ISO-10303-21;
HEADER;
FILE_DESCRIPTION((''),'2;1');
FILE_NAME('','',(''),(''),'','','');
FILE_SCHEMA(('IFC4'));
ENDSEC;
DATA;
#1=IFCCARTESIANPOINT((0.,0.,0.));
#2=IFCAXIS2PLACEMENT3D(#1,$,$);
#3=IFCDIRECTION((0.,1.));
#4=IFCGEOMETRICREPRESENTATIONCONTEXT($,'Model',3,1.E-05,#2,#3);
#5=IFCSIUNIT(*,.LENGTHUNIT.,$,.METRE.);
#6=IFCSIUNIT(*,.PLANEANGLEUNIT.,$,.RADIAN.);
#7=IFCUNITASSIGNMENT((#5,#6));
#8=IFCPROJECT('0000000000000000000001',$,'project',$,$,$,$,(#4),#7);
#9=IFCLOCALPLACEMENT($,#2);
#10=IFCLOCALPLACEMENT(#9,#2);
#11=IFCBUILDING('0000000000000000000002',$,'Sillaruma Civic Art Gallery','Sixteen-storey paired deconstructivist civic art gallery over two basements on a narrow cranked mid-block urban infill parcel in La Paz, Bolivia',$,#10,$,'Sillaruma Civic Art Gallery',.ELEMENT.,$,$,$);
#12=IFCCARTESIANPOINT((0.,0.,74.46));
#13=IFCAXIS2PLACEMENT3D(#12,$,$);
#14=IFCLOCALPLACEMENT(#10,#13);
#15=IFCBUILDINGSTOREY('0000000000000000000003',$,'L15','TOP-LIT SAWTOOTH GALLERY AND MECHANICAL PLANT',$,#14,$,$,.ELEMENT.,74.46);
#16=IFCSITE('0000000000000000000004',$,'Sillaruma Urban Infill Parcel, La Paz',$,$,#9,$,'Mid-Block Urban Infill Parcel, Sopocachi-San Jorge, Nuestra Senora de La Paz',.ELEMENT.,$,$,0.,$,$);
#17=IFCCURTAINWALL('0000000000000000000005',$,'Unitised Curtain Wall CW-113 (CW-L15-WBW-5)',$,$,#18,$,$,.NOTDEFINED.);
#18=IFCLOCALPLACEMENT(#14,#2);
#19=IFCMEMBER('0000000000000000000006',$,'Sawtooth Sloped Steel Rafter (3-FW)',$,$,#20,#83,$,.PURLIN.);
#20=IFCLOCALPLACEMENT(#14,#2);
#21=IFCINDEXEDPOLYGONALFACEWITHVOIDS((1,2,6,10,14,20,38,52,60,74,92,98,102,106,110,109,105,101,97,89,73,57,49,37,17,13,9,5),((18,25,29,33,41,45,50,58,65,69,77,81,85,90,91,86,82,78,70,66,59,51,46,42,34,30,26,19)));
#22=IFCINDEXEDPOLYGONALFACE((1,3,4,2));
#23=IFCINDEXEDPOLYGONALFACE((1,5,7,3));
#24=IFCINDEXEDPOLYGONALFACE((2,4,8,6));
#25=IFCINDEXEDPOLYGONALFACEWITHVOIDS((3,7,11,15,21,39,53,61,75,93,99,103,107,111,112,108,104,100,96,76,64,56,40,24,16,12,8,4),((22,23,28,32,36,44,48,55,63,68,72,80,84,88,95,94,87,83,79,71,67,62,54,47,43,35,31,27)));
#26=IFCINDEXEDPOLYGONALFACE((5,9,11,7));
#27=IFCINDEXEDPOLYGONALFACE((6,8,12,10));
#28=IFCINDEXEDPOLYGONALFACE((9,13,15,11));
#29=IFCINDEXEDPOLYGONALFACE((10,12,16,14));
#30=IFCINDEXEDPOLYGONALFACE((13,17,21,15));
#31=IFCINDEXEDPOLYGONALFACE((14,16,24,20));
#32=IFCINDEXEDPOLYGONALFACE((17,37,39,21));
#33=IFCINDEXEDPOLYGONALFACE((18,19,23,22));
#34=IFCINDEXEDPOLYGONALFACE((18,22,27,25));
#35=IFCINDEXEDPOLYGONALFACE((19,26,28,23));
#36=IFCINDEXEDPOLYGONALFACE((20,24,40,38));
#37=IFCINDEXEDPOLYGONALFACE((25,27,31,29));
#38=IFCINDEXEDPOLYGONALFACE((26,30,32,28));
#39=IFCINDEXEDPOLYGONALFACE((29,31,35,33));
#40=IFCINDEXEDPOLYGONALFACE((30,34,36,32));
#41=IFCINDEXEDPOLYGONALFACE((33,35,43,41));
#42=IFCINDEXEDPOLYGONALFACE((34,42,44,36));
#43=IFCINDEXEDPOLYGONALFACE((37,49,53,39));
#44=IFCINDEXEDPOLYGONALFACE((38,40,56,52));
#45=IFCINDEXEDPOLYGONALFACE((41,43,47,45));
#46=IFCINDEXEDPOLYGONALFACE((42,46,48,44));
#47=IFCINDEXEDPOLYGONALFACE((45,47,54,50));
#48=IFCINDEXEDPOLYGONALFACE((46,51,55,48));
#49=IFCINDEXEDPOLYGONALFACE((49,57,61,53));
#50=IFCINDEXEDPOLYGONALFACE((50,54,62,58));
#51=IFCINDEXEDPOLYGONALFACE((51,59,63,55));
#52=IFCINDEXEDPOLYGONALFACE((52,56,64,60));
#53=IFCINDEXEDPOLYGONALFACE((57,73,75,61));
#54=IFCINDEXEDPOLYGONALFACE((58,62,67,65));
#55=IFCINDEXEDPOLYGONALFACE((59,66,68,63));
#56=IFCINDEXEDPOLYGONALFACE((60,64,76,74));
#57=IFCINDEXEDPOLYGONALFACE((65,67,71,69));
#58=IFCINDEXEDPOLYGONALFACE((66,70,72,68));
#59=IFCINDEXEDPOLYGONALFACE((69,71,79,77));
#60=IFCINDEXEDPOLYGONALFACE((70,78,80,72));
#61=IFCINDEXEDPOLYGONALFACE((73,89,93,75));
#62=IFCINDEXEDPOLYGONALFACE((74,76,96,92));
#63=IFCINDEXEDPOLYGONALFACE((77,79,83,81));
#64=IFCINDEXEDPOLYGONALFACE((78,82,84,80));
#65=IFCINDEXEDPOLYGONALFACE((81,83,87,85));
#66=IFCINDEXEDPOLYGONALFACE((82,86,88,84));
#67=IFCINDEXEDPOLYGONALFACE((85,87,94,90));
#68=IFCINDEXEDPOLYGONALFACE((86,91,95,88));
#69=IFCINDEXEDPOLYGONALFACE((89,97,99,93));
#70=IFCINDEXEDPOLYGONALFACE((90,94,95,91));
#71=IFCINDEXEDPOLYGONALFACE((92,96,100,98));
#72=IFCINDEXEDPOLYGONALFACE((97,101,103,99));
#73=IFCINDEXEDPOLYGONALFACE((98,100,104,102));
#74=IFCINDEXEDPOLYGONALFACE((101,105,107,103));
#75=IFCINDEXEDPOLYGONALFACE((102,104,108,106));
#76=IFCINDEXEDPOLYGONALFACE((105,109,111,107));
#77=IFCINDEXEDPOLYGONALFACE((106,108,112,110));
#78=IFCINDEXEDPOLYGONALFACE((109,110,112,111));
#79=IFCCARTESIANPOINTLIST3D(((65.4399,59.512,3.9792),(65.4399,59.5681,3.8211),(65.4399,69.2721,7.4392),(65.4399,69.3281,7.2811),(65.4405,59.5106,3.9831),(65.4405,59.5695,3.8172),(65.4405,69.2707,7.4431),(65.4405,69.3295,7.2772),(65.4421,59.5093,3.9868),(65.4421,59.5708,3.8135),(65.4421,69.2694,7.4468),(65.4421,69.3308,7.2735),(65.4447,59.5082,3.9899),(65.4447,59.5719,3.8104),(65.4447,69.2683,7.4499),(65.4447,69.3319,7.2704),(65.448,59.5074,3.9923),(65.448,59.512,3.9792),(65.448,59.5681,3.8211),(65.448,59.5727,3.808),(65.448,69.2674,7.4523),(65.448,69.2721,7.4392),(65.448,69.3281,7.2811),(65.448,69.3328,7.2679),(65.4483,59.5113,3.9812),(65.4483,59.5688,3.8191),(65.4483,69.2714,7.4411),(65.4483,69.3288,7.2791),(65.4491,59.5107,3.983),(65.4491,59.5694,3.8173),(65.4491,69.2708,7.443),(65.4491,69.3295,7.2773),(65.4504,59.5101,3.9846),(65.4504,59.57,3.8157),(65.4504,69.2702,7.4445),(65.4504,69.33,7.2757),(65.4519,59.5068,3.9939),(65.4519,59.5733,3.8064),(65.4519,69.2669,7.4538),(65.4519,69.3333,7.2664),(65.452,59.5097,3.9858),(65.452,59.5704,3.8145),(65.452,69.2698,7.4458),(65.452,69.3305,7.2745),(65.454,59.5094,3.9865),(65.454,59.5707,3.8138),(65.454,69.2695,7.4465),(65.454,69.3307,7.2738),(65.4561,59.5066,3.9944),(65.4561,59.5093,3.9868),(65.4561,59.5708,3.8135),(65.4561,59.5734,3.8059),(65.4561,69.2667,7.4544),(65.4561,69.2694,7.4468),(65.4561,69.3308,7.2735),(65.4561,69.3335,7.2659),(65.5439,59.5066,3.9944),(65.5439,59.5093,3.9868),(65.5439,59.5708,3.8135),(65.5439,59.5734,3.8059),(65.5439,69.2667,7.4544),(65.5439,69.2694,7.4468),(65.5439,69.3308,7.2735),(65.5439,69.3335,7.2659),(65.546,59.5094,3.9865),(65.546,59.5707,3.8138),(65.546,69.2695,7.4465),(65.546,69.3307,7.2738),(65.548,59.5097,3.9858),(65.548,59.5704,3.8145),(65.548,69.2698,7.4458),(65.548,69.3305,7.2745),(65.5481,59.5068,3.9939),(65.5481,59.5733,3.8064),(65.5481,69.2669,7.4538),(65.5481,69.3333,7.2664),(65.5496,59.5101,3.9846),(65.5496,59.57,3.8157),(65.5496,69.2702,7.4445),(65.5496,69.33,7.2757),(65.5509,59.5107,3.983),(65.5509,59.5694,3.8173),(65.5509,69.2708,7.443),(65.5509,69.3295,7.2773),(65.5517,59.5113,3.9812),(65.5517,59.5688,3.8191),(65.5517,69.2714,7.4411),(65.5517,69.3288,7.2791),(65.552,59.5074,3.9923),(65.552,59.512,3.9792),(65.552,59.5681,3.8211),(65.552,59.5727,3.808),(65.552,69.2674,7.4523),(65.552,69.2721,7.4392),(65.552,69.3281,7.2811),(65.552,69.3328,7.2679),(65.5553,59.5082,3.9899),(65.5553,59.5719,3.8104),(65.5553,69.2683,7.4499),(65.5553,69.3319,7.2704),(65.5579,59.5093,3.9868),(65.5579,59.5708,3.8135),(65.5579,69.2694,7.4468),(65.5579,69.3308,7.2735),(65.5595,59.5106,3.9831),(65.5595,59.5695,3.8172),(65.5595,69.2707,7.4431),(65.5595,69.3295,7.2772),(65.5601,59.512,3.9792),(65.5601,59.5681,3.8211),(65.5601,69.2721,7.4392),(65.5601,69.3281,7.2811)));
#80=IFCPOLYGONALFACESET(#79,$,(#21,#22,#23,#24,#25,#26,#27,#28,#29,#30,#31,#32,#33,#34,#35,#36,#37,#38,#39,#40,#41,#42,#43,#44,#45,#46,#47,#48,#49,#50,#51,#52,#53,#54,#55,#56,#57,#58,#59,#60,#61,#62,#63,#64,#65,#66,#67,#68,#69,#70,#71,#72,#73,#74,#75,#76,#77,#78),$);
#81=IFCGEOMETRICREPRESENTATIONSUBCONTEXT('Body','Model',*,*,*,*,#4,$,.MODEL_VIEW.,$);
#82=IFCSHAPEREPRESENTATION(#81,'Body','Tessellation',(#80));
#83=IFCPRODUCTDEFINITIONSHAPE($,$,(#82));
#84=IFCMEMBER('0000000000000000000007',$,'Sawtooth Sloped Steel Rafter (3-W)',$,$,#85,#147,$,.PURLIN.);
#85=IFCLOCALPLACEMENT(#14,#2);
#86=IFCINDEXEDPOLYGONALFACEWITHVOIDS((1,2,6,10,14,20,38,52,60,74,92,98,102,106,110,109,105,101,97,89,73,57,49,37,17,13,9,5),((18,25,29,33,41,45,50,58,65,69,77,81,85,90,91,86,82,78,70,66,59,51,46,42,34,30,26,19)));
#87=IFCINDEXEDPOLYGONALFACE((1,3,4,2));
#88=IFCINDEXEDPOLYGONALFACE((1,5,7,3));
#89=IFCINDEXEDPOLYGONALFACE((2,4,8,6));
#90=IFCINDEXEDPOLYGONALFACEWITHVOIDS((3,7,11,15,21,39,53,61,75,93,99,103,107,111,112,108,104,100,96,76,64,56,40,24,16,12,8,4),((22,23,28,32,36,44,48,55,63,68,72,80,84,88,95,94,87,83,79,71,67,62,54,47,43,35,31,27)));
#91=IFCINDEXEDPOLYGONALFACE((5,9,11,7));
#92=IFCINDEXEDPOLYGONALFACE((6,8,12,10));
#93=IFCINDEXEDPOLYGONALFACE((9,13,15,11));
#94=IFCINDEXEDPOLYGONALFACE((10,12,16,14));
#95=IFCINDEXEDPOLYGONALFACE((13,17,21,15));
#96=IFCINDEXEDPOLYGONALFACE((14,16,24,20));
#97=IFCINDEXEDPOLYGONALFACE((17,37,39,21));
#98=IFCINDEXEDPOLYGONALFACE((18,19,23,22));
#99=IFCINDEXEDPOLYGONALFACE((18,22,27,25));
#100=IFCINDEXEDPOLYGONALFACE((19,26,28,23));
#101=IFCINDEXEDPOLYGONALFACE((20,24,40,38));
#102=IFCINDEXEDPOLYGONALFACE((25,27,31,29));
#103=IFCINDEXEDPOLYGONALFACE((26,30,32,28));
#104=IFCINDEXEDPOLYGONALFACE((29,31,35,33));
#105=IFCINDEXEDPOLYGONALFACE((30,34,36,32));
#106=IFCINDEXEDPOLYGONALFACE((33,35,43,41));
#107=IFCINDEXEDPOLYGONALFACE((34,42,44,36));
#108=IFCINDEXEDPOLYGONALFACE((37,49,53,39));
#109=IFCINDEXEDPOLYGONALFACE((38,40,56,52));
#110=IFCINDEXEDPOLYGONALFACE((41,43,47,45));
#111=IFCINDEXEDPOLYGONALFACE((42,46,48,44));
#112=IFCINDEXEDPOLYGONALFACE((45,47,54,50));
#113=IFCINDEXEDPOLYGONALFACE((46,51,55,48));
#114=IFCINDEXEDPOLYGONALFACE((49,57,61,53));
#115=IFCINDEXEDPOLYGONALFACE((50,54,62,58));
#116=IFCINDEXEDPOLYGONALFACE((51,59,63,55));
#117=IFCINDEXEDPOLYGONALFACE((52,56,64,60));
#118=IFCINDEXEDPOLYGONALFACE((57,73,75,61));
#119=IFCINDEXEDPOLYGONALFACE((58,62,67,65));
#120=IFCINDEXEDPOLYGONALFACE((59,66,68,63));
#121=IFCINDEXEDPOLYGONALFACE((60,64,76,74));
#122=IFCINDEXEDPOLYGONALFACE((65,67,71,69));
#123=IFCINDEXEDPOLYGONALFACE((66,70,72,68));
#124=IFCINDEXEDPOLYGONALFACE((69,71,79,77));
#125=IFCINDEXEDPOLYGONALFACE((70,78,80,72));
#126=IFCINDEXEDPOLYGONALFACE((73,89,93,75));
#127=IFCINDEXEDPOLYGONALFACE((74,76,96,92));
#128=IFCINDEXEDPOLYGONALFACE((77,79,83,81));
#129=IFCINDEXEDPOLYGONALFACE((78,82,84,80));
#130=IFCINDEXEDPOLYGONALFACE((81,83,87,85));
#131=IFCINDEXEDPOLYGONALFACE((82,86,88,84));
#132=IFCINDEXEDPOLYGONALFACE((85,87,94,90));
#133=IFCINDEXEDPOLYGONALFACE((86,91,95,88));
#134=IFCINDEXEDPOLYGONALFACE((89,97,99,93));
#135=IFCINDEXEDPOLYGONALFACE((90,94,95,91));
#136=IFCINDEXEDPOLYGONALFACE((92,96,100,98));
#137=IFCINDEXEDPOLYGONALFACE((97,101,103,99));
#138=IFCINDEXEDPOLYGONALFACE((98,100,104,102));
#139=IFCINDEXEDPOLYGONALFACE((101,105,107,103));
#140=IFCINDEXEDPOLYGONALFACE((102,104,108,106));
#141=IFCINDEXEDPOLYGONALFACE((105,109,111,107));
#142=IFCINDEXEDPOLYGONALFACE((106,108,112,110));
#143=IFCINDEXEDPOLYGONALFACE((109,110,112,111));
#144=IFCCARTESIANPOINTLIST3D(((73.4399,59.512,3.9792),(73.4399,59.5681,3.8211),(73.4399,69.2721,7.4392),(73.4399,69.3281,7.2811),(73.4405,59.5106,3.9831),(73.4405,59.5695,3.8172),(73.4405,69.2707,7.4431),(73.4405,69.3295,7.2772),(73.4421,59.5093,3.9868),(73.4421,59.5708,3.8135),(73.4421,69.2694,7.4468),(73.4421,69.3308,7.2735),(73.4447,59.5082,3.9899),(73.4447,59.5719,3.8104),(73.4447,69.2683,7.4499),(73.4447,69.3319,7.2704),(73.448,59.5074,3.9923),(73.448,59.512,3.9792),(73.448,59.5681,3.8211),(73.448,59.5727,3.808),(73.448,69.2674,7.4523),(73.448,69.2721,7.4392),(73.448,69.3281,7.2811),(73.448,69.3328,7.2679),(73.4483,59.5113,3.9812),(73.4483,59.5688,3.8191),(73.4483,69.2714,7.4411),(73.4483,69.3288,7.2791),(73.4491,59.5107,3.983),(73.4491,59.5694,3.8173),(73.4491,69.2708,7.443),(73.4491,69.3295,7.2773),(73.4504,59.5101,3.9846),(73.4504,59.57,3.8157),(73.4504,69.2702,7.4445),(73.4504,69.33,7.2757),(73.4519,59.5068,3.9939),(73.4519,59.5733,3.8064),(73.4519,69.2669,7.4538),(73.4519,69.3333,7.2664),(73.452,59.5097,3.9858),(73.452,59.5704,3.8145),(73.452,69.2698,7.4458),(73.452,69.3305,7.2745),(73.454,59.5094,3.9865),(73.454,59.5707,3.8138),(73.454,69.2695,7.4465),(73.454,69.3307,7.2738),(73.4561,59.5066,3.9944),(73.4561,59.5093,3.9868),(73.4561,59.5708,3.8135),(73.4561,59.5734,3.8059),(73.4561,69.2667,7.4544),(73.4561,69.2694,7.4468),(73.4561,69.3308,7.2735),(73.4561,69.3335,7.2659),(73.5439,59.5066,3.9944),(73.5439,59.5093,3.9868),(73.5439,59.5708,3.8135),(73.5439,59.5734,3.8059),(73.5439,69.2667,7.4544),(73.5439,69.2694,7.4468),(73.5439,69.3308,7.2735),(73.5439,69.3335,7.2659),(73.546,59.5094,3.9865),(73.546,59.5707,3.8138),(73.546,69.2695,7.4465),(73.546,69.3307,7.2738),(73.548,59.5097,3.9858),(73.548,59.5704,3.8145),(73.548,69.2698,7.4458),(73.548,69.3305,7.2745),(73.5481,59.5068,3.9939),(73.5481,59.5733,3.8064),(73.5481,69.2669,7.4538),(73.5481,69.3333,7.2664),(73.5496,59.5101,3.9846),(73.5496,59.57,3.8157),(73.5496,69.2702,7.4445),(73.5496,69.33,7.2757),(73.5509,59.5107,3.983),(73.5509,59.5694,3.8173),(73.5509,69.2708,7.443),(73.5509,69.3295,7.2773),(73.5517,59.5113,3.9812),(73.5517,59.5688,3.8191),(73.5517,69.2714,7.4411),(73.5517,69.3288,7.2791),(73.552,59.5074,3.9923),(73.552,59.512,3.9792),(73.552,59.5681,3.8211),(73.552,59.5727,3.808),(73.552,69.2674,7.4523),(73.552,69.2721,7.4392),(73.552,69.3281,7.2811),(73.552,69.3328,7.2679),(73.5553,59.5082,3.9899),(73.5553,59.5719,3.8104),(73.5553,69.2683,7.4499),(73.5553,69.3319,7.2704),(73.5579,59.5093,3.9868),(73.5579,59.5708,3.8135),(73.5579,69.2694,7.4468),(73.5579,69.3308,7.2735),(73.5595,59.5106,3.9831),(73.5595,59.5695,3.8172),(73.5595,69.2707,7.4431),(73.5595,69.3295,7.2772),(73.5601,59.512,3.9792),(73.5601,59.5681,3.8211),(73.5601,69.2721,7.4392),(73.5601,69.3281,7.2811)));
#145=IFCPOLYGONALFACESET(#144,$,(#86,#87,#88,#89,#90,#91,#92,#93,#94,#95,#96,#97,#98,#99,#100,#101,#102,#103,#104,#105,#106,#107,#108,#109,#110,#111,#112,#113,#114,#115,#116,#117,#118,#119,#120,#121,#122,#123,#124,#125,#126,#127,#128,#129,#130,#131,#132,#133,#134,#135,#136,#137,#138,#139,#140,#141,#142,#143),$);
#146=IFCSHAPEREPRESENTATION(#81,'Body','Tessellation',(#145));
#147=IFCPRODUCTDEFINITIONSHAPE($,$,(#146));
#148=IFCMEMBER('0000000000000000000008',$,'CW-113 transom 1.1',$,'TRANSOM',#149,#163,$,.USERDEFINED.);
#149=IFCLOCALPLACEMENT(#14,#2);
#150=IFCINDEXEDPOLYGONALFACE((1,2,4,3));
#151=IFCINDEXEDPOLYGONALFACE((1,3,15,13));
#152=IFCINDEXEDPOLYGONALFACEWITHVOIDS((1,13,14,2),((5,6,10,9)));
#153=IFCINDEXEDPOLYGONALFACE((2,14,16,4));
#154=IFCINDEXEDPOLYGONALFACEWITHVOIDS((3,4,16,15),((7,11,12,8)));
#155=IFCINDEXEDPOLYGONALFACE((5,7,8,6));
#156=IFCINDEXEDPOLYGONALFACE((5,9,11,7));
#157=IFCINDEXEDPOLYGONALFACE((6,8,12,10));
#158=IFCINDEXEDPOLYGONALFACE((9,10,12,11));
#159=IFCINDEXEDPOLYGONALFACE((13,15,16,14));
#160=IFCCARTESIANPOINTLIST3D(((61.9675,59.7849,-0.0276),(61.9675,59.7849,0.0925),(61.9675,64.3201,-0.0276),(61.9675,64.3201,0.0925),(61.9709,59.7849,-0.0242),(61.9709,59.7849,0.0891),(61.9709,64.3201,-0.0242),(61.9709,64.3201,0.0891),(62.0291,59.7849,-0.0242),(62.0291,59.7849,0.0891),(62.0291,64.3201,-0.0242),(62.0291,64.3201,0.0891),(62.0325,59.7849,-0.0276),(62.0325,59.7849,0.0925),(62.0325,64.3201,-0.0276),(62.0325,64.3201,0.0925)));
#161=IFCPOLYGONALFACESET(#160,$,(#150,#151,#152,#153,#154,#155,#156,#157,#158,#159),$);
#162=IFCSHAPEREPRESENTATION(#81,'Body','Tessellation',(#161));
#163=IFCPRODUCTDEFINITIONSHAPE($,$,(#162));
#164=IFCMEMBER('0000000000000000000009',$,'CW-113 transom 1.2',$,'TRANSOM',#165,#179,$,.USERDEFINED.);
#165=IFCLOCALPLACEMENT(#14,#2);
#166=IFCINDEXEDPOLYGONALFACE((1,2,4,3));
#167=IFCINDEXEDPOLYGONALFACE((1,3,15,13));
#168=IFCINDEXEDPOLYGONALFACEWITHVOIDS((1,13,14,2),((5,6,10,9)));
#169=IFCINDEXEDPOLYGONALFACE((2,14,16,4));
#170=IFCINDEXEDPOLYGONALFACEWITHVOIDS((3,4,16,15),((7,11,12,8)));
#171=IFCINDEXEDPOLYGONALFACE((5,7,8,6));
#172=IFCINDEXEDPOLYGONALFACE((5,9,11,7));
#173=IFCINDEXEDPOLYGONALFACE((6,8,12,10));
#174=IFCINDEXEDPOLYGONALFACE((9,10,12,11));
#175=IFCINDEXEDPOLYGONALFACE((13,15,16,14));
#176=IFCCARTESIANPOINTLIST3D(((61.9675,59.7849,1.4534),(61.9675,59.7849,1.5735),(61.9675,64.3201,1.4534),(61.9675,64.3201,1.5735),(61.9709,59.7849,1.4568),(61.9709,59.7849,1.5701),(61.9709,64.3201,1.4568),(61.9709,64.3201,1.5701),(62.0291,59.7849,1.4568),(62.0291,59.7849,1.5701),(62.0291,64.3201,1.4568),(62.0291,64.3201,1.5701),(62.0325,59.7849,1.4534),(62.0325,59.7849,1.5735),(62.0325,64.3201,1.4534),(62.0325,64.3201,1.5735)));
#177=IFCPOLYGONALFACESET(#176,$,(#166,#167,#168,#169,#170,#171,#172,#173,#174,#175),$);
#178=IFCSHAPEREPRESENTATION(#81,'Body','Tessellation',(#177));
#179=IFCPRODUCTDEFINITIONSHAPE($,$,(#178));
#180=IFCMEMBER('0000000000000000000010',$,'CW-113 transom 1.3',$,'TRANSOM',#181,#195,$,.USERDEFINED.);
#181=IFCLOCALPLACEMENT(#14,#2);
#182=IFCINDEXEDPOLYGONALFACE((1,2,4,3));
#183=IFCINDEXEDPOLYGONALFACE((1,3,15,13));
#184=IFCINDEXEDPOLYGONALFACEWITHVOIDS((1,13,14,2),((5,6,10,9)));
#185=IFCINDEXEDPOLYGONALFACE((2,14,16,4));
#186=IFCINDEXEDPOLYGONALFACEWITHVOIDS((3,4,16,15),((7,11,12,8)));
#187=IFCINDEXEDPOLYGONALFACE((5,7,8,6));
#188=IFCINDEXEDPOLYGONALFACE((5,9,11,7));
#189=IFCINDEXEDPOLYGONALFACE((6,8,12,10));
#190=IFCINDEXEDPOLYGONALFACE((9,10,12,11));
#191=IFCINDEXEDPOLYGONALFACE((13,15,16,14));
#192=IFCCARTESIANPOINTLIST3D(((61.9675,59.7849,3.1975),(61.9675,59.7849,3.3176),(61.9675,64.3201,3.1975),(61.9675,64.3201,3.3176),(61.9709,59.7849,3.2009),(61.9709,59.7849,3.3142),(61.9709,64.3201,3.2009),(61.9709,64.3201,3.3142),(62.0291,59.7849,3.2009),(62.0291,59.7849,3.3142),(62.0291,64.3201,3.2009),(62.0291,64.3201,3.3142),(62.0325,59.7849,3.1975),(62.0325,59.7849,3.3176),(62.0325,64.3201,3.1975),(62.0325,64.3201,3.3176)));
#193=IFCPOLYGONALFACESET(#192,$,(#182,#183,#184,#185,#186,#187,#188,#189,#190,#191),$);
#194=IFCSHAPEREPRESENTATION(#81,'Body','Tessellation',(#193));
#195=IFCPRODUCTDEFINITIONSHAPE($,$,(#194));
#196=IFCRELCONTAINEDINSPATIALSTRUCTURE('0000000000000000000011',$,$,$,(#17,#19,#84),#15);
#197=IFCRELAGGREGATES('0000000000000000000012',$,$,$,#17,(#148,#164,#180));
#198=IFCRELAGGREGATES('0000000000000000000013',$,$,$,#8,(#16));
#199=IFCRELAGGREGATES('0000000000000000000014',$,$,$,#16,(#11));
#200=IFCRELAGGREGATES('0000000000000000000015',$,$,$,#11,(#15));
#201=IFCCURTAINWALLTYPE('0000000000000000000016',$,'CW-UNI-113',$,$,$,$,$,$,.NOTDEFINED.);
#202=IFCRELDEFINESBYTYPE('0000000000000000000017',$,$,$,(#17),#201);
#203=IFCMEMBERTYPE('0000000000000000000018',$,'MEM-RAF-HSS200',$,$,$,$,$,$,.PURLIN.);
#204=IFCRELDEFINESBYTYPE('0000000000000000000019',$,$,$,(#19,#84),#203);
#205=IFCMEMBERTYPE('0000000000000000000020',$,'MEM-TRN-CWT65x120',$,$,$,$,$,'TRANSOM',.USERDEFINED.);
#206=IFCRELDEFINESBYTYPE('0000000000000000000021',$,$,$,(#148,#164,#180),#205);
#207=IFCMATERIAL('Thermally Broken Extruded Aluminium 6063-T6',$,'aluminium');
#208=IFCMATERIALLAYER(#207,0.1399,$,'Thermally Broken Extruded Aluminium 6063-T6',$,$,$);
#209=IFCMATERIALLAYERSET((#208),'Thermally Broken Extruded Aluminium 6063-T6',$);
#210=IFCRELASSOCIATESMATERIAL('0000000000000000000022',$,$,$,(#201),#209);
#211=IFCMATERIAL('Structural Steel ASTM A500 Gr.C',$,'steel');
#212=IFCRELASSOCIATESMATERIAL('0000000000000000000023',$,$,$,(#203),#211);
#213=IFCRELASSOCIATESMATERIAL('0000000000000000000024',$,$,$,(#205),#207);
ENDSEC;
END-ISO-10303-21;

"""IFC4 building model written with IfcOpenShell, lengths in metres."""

from ifc_helpers import new_model, si_unit, direction, frame, origin, origin_2d, place, context, subcontext, project, spatial, hollow_rectangle, extrude, material, layer, layer_set, material_profile, profile_set, type_object, element, aggregate, save


model = new_model("IFC4")

# Units and contexts
model_context = context("Model", 3, precision=1e-05, world=origin(), true_north=direction((0.0, 1.0)))
body_context = subcontext(model_context, "Body", "Model", "MODEL_VIEW")
ifc_project = project(units=[si_unit("LENGTHUNIT", "METRE"), si_unit("PLANEANGLEUNIT", "RADIAN")], contexts=[model_context])

# Site, building, storey
site_placement = place(None, origin())
site = spatial("IfcSite", under=ifc_project, at=site_placement, Name="Sillaruma Urban Infill Parcel, La Paz", LongName="Mid-Block Urban Infill Parcel, Sopocachi-San Jorge, Nuestra Senora de La Paz", CompositionType="ELEMENT", RefElevation=0.0)
building_placement = place(site_placement, origin())
building = spatial("IfcBuilding", under=site, at=building_placement, Name="Sillaruma Civic Art Gallery", Description="Sixteen-storey paired deconstructivist civic art gallery over two basements on a narrow cranked mid-block urban infill parcel in La Paz, Bolivia", LongName="Sillaruma Civic Art Gallery", CompositionType="ELEMENT")
storey_placement = place(building_placement, frame((0.0, 0.0, 74.46)))
storey = spatial("IfcBuildingStorey", under=building, at=storey_placement, Name="L15", Description="TOP-LIT SAWTOOTH GALLERY AND MECHANICAL PLANT", CompositionType="ELEMENT", Elevation=74.46)

# Shared definitions
ifc_material_1 = material(Name="Structural Steel ASTM A500 Gr.C", Category="steel")

# Curtain wall
ifc_material_2 = material(Name="Thermally Broken Extruded Aluminium 6063-T6", Category="aluminium")
ifc_layer_1 = layer(ifc_material_2, 0.1399, Name="Thermally Broken Extruded Aluminium 6063-T6")
ifc_layer_set_1 = layer_set([ifc_layer_1], Name="Thermally Broken Extruded Aluminium 6063-T6")
curtain_wall_type = type_object("IfcCurtainWallType", Name="CW-UNI-113", PredefinedType="NOTDEFINED", material=ifc_layer_set_1)
curtain_wall_placement = place(storey_placement, origin())
curtain_wall = element("IfcCurtainWall", 1, at=curtain_wall_placement, inside=storey, type_object=curtain_wall_type, Name="Unitised Curtain Wall CW-113 (CW-L15-WBW-5)", PredefinedType="NOTDEFINED")

# Members
ifc_material_profile_1 = material_profile(ifc_material_1, hollow_rectangle(XDim=0.1201, YDim=0.2, WallThickness=0.0081, InnerFilletRadius=0.0081, OuterFilletRadius=0.0161, at=origin_2d()), Name="HSS200x120x8")
ifc_profile_set_1 = profile_set([ifc_material_profile_1], Name="Structural Steel ASTM A500 Gr.C")
member_type_1 = type_object("IfcMemberType", Name="MEM-RAF-HSS200", PredefinedType="PURLIN", material=ifc_profile_set_1)
for number, where, z_axis, x_axis, name in (
    (2, (65.5, 59.54, 3.9001), (0.0, 0.942527, 0.33413), (-1.0, 0.0, 0.0), "Sawtooth Sloped Steel Rafter (3-FW)"),
    (3, (73.5, 59.54, 3.9001), (0.0, 0.942527, 0.33413), (-1.0, 0.0, 0.0), "Sawtooth Sloped Steel Rafter (3-W)"),
):
    element("IfcMember", number, at=place(storey_placement, frame(where, z_axis=z_axis, x_axis=x_axis)), inside=storey, type_object=member_type_1, Name=name, PredefinedType="PURLIN", context=body_context, shape_type="SweptSolid", body=[
        extrude(hollow_rectangle(XDim=0.1201, YDim=0.2, WallThickness=0.0081, InnerFilletRadius=0.0081, OuterFilletRadius=0.0161, at=origin_2d()), origin(), (0.0, 0.0, 1.0), 10.3552),
    ])

# Members
ifc_material_profile_2 = material_profile(ifc_material_2, hollow_rectangle(XDim=0.0649, YDim=0.1201, WallThickness=0.0034, at=origin_2d()), Name="CWT65x120")
ifc_profile_set_2 = profile_set([ifc_material_profile_2], Name="Thermally Broken Extruded Aluminium 6063-T6")
member_type_2 = type_object("IfcMemberType", Name="MEM-TRN-CWT65x120", ElementType="TRANSOM", PredefinedType="USERDEFINED", material=ifc_profile_set_2)
member_1_placement = place(storey_placement, frame((62.0, 59.7849, 0.0325), z_axis=(0.0, 1.0, 0.0), x_axis=(-1.0, 0.0, 0.0)))
member_1 = element("IfcMember", 4, at=member_1_placement, type_object=member_type_2, Name="CW-113 transom 1.1", ObjectType="TRANSOM", PredefinedType="USERDEFINED", context=body_context, shape_type="SweptSolid", body=[
    extrude(hollow_rectangle(XDim=0.0649, YDim=0.1201, WallThickness=0.0034, at=origin_2d()), origin(), (0.0, 0.0, 1.0), 4.5352),
])
member_2_placement = place(storey_placement, frame((62.0, 59.7849, 1.5134), z_axis=(0.0, 1.0, 0.0), x_axis=(-1.0, 0.0, 0.0)))
member_2 = element("IfcMember", 5, at=member_2_placement, type_object=member_type_2, Name="CW-113 transom 1.2", ObjectType="TRANSOM", PredefinedType="USERDEFINED", context=body_context, shape_type="SweptSolid", body=[
    extrude(hollow_rectangle(XDim=0.0649, YDim=0.1201, WallThickness=0.0034, at=origin_2d()), origin(), (0.0, 0.0, 1.0), 4.5352),
])
member_3_placement = place(storey_placement, frame((62.0, 59.7849, 3.2576), z_axis=(0.0, 1.0, 0.0), x_axis=(-1.0, 0.0, 0.0)))
member_3 = element("IfcMember", 6, at=member_3_placement, type_object=member_type_2, Name="CW-113 transom 1.3", ObjectType="TRANSOM", PredefinedType="USERDEFINED", context=body_context, shape_type="SweptSolid", body=[
    extrude(hollow_rectangle(XDim=0.0649, YDim=0.1201, WallThickness=0.0034, at=origin_2d()), origin(), (0.0, 0.0, 1.0), 4.5352),
])

aggregate(curtain_wall, [member_1, member_2, member_3])

save(model, "model.ifc")
